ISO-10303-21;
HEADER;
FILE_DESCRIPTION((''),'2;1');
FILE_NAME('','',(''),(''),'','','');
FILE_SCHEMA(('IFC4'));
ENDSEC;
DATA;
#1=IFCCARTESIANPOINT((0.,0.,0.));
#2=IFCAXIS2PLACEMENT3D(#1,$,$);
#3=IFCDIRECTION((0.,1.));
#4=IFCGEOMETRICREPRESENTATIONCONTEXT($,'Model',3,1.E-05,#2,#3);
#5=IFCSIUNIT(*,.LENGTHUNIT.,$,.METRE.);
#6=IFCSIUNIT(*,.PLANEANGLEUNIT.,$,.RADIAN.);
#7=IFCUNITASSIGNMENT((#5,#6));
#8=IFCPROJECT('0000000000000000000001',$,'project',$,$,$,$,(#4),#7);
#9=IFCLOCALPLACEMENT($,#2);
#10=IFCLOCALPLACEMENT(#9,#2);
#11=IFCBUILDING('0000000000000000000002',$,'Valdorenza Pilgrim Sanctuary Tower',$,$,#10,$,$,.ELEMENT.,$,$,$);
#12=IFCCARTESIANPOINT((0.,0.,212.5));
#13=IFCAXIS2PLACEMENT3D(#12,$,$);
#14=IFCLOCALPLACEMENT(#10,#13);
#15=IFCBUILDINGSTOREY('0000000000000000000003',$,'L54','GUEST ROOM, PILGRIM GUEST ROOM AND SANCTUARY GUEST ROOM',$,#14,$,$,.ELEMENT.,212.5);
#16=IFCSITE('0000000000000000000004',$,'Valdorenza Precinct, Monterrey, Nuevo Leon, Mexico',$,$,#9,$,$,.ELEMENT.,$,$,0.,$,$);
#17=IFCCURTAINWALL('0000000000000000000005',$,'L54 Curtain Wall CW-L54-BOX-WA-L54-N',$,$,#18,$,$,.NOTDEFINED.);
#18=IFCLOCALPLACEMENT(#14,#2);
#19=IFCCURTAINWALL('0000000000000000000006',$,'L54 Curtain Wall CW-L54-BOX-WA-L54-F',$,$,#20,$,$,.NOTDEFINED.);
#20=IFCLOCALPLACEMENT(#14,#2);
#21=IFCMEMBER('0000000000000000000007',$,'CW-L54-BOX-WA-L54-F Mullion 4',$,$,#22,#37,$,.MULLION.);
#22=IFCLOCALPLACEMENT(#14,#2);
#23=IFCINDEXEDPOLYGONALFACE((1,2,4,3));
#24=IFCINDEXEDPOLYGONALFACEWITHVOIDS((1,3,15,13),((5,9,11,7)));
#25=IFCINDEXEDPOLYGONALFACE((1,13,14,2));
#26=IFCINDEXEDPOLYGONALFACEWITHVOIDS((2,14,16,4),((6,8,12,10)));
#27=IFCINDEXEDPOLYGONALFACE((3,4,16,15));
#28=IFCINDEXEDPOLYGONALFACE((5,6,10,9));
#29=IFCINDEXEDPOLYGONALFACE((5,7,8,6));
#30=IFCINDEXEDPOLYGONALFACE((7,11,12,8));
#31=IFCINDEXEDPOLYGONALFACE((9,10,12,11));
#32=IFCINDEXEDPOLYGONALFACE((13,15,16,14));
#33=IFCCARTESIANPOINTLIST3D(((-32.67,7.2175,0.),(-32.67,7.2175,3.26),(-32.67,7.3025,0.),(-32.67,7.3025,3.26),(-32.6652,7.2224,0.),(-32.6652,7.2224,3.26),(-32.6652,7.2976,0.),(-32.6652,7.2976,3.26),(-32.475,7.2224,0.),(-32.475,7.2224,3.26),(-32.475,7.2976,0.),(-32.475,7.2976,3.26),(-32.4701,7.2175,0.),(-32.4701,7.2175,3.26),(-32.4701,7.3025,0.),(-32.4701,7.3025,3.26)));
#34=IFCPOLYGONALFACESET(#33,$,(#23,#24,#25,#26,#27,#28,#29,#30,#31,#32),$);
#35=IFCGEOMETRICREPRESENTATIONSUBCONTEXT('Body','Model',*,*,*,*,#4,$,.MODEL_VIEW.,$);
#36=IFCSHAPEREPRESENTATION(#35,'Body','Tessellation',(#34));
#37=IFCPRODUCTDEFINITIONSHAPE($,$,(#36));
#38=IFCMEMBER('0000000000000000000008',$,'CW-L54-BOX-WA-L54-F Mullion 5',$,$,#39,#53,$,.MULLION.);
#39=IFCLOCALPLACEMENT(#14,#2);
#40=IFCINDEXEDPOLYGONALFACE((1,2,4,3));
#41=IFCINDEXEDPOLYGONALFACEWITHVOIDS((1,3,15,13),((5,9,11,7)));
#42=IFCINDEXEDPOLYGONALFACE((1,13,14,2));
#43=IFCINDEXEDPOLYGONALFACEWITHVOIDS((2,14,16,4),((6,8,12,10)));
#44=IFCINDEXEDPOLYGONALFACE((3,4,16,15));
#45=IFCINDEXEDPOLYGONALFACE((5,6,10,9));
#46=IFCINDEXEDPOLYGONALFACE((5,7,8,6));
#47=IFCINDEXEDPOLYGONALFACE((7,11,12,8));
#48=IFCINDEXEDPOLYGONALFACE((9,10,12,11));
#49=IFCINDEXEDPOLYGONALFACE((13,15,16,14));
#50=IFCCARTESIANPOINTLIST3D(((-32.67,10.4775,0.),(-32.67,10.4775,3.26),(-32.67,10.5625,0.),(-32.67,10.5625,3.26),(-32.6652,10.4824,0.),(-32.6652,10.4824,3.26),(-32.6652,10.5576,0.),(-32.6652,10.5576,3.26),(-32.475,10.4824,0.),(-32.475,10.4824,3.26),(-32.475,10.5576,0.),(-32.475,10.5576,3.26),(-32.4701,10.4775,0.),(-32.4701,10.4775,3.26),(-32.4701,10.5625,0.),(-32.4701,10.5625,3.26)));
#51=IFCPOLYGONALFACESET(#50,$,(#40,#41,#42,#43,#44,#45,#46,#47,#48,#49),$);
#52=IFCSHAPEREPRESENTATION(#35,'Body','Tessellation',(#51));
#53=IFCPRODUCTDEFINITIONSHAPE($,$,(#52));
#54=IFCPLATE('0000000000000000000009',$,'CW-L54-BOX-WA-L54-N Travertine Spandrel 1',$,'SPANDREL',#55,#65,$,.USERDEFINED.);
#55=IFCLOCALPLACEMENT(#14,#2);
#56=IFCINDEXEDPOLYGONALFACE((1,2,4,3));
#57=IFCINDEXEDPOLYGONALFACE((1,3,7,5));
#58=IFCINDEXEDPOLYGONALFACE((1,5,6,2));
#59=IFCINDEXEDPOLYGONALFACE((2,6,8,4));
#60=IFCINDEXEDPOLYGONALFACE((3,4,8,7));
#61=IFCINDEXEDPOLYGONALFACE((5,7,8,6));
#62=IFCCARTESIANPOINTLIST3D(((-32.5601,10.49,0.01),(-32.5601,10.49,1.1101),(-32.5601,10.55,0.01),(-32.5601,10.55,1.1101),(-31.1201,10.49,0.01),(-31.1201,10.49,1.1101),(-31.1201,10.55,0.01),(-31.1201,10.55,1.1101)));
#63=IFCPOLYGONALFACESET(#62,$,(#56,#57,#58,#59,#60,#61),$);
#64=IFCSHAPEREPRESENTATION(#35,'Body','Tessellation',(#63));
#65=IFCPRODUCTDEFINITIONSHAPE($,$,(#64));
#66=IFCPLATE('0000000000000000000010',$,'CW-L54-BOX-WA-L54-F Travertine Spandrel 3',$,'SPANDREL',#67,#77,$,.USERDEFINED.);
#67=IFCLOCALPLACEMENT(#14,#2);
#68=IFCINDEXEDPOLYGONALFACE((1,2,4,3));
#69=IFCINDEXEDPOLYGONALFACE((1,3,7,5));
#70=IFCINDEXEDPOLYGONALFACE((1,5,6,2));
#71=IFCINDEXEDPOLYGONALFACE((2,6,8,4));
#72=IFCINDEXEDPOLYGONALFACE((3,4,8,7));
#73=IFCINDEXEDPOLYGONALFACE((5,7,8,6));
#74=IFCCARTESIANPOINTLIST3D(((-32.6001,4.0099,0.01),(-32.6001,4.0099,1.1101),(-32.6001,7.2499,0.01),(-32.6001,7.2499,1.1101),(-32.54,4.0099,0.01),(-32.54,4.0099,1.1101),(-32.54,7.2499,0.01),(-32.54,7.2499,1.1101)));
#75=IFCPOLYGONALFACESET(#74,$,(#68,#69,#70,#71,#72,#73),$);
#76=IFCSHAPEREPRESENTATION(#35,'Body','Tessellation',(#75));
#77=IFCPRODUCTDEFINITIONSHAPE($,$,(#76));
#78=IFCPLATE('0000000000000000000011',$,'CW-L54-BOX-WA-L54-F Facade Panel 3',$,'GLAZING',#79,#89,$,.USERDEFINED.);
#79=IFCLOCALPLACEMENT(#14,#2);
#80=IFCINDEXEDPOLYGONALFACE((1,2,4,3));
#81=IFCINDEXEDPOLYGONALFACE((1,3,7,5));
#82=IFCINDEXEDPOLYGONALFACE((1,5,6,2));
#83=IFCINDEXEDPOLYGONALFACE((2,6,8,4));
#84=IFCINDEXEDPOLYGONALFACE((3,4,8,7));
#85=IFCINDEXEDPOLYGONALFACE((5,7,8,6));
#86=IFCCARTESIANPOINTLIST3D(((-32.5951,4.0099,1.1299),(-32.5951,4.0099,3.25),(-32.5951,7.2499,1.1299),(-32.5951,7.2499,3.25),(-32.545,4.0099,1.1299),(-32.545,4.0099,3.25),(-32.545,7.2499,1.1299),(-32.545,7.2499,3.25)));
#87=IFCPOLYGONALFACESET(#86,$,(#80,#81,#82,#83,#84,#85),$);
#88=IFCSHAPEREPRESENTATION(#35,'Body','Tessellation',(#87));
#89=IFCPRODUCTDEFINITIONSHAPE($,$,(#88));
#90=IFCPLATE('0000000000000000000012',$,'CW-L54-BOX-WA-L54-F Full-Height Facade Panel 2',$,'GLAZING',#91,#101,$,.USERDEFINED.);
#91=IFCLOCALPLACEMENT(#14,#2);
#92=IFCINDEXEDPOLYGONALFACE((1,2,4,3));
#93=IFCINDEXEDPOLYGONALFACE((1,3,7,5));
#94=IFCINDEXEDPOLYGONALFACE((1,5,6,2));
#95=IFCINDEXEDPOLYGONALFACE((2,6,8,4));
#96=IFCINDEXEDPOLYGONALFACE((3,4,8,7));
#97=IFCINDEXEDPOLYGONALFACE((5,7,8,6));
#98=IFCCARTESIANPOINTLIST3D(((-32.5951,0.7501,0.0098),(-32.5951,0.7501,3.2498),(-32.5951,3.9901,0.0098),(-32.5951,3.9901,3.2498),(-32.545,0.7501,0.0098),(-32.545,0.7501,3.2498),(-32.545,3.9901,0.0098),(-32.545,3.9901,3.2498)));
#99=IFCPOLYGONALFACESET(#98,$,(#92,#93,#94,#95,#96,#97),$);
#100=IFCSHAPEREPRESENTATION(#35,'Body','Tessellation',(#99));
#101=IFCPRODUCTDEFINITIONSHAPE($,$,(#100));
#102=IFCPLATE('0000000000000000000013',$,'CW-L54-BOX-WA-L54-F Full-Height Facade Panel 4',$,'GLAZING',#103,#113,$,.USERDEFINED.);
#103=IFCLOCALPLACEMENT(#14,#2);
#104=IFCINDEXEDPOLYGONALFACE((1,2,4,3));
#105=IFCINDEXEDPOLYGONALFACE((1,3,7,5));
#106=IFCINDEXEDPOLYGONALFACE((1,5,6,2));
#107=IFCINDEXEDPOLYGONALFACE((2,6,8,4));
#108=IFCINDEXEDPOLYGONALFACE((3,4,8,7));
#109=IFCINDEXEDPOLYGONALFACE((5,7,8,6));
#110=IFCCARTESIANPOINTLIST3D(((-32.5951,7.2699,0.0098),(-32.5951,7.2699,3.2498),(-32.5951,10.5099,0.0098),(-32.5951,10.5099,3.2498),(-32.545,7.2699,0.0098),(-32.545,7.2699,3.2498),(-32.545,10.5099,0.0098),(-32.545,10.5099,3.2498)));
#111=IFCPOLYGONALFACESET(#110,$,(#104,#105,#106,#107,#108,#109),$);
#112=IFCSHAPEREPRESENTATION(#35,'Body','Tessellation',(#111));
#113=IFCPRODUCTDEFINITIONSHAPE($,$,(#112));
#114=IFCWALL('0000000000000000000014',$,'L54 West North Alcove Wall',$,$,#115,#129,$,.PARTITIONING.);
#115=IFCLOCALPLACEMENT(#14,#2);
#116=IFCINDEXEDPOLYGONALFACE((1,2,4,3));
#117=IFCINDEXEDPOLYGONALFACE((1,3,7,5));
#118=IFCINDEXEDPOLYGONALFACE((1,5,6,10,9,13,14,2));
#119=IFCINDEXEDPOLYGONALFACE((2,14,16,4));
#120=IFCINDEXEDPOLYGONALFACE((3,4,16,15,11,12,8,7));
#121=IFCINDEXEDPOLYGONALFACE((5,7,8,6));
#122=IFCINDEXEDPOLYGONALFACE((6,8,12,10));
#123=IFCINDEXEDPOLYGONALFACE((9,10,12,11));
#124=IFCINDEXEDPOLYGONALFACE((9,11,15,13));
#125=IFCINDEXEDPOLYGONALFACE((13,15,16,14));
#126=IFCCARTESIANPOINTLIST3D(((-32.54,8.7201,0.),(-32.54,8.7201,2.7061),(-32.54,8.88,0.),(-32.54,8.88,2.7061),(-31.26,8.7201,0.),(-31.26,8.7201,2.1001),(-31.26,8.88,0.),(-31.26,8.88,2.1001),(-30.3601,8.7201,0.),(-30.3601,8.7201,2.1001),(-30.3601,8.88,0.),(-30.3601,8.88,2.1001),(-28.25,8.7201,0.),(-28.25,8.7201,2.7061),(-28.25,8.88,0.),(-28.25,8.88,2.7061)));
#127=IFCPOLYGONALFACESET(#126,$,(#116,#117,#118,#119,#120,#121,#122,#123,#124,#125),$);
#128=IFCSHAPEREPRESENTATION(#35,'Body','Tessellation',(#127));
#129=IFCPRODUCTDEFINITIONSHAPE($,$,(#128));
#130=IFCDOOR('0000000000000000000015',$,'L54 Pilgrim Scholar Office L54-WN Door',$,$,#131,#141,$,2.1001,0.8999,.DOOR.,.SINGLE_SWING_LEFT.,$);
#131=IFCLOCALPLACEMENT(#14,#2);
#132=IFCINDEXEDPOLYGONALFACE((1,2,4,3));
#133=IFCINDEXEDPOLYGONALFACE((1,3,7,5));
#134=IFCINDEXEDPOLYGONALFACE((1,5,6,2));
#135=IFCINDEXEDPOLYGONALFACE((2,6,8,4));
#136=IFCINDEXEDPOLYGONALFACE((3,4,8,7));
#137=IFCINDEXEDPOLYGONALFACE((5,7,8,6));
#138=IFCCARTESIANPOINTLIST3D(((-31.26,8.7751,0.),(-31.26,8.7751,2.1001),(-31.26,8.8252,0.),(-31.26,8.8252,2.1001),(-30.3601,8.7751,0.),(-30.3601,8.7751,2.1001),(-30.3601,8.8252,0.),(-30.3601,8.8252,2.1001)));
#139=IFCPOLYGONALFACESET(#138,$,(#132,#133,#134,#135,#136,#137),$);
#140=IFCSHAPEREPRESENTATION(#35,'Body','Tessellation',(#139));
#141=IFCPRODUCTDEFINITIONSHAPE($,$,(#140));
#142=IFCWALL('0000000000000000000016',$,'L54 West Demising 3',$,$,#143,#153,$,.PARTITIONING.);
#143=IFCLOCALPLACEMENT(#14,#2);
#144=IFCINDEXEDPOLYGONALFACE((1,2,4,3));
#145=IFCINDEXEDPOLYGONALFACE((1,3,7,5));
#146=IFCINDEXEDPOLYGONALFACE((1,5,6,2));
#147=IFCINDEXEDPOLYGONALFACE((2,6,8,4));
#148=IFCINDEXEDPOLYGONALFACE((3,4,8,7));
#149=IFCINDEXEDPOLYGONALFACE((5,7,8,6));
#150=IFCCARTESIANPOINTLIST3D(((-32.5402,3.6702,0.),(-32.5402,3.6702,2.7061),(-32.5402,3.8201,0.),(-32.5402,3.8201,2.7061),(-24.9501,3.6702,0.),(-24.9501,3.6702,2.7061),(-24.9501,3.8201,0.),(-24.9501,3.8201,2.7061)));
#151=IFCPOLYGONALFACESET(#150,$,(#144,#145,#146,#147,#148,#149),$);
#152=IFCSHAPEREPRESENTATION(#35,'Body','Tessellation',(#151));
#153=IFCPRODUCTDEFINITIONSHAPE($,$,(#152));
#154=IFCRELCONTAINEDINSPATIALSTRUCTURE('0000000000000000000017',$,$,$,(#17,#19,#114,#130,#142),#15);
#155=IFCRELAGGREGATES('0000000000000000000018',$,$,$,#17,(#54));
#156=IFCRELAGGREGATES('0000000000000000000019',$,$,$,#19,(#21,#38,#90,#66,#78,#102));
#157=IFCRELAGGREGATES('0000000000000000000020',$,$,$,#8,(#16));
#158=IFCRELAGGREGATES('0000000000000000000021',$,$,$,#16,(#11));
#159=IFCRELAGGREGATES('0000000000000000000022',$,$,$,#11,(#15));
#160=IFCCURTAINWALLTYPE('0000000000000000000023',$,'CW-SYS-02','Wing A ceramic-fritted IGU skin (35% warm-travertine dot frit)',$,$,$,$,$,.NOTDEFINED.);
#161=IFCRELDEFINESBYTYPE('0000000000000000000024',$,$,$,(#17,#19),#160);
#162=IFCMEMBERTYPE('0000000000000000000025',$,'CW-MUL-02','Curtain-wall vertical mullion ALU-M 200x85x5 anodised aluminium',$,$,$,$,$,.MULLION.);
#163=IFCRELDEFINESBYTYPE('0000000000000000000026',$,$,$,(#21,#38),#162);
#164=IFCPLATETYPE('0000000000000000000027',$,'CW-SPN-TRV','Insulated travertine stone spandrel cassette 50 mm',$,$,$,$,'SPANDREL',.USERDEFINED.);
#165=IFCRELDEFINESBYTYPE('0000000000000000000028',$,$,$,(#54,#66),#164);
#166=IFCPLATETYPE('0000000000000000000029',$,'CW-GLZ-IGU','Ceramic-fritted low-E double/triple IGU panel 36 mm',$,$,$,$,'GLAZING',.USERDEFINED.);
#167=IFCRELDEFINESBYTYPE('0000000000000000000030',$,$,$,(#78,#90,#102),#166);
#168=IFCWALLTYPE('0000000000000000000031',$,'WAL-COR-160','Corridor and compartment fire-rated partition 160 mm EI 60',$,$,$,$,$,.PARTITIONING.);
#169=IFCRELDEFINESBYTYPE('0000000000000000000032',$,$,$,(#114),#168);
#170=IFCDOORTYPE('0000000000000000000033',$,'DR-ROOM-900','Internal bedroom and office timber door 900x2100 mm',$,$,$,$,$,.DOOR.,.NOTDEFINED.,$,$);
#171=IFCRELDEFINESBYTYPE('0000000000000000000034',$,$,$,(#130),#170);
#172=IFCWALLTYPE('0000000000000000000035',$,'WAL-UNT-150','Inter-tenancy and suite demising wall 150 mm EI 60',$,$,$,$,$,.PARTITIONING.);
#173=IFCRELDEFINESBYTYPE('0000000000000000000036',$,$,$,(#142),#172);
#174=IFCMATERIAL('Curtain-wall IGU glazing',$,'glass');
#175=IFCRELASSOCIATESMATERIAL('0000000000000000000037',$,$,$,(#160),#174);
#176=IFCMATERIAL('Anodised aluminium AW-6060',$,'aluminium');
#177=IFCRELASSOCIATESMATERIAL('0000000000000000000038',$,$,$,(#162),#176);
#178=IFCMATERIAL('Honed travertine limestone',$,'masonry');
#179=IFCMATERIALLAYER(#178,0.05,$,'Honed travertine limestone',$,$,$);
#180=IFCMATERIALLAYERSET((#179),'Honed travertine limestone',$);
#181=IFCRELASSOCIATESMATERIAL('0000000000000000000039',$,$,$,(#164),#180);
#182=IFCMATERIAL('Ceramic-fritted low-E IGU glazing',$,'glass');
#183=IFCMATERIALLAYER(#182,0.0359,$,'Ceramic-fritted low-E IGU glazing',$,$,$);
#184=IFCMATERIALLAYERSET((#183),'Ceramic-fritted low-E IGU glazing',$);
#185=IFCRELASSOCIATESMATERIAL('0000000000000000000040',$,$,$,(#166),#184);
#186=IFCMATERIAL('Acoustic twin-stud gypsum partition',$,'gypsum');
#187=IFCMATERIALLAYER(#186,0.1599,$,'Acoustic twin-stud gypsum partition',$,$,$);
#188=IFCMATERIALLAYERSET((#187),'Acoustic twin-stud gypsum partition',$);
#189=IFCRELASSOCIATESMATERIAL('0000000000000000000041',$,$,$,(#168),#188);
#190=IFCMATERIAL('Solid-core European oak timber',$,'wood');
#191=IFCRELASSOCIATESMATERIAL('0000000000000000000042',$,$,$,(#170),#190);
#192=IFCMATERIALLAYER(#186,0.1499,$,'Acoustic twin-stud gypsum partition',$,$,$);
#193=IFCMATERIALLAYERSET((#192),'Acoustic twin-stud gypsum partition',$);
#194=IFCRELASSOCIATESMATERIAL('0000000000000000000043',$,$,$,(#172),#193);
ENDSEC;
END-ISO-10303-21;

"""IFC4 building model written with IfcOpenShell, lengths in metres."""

from ifc_helpers import new_model, si_unit, direction, frame, frame_2d, origin, origin_2d, place, context, subcontext, project, spatial, rectangle, hollow_rectangle, extrude, source, transform, mapped, material, layer, layer_set, material_profile, profile_set, type_object, element, fill, aggregate, save


model = new_model("IFC4")

# Units and contexts
model_context = context("Model", 3, precision=1e-05, world=origin(), true_north=direction((0.0, 1.0)))
body_context = subcontext(model_context, "Body", "Model", "MODEL_VIEW")
ifc_project = project(units=[si_unit("LENGTHUNIT", "METRE"), si_unit("PLANEANGLEUNIT", "RADIAN")], contexts=[model_context])

# Site, building, storey
site_placement = place(None, origin())
site = spatial("IfcSite", under=ifc_project, at=site_placement, Name="Valdorenza Precinct, Monterrey, Nuevo Leon, Mexico", CompositionType="ELEMENT", RefElevation=0.0)
building_placement = place(site_placement, origin())
building = spatial("IfcBuilding", under=site, at=building_placement, Name="Valdorenza Pilgrim Sanctuary Tower", CompositionType="ELEMENT")
storey_placement = place(building_placement, frame((0.0, 0.0, 212.5)))
storey = spatial("IfcBuildingStorey", under=building, at=storey_placement, Name="L54", Description="GUEST ROOM, PILGRIM GUEST ROOM AND SANCTUARY GUEST ROOM", CompositionType="ELEMENT", Elevation=212.5)

# Curtain wall
ifc_material_1 = material(Name="Curtain-wall IGU glazing", Category="glass")
curtain_wall_type = type_object("IfcCurtainWallType", Name="CW-SYS-02", Description="Wing A ceramic-fritted IGU skin (35% warm-travertine dot frit)", PredefinedType="NOTDEFINED", material=ifc_material_1)
curtain_wall_1_placement = place(storey_placement, origin())
curtain_wall_1 = element("IfcCurtainWall", 1, at=curtain_wall_1_placement, inside=storey, type_object=curtain_wall_type, Name="L54 Curtain Wall CW-L54-BOX-WA-L54-N", PredefinedType="NOTDEFINED")
ifc_material_2 = material(Name="Anodised aluminium AW-6060", Category="aluminium")

# Curtain wall, members
curtain_wall_2_placement = place(storey_placement, origin())
curtain_wall_2 = element("IfcCurtainWall", 2, at=curtain_wall_2_placement, inside=storey, type_object=curtain_wall_type, Name="L54 Curtain Wall CW-L54-BOX-WA-L54-F", PredefinedType="NOTDEFINED")
ifc_material_profile_1 = material_profile(ifc_material_2, hollow_rectangle(XDim=0.085, YDim=0.2, WallThickness=0.0049, at=origin_2d()), Name="ALU-M 200x85x5")
ifc_profile_set_1 = profile_set([ifc_material_profile_1], Name="Anodised aluminium AW-6060")
member_type_1 = type_object("IfcMemberType", Name="CW-MUL-02", Description="Curtain-wall vertical mullion ALU-M 200x85x5 anodised aluminium", PredefinedType="MULLION", material=ifc_profile_set_1)
shared_shape_1 = source(origin(), body_context, "Body", "SweptSolid", [
    extrude(hollow_rectangle(XDim=0.085, YDim=0.2, WallThickness=0.0049, at=origin_2d()), origin(), (0.0, 0.0, 1.0), 3.26),
])
member_1_placement = place(storey_placement, frame((-32.5701, 7.26, 0.0), z_axis=(0.0, 0.0, 1.0), x_axis=(0.0, 1.0, 0.0)))
member_1 = element("IfcMember", 3, at=member_1_placement, type_object=member_type_1, Name="CW-L54-BOX-WA-L54-F Mullion 4", PredefinedType="MULLION", context=body_context, shape_type="MappedRepresentation", body=[
    mapped(shared_shape_1, transform((0.0, 0.0, 0.0), x_axis=(1.0, 0.0, 0.0), y_axis=(0.0, 1.0, 0.0), z_axis=(0.0, 0.0, 1.0), scale=1.0)),
])
member_2_placement = place(storey_placement, frame((-32.5701, 10.52, 0.0), z_axis=(0.0, 0.0, 1.0), x_axis=(0.0, 1.0, 0.0)))
member_2 = element("IfcMember", 4, at=member_2_placement, type_object=member_type_1, Name="CW-L54-BOX-WA-L54-F Mullion 5", PredefinedType="MULLION", context=body_context, shape_type="MappedRepresentation", body=[
    mapped(shared_shape_1, transform((0.0, 0.0, 0.0), x_axis=(1.0, 0.0, 0.0), y_axis=(0.0, 1.0, 0.0), z_axis=(0.0, 0.0, 1.0), scale=1.0)),
])

# Plates
ifc_material_3 = material(Name="Honed travertine limestone", Category="masonry")
ifc_layer_1 = layer(ifc_material_3, 0.05, Name="Honed travertine limestone")
ifc_layer_set_1 = layer_set([ifc_layer_1], Name="Honed travertine limestone")
plate_type_1 = type_object("IfcPlateType", Name="CW-SPN-TRV", Description="Insulated travertine stone spandrel cassette 50 mm", ElementType="SPANDREL", PredefinedType="USERDEFINED", material=ifc_layer_set_1)
shared_shape_2 = source(origin(), body_context, "Body", "SweptSolid", [
    extrude(rectangle(XDim=1.4399, YDim=0.0601, at=origin_2d()), origin(), (0.0, 0.0, 1.0), 1.1001),
])
plate_1_placement = place(storey_placement, frame((-31.8401, 10.52, 0.01), z_axis=(0.0, 0.0, 1.0), x_axis=(1.0, 0.0, 0.0)))
plate_1 = element("IfcPlate", 5, at=plate_1_placement, type_object=plate_type_1, Name="CW-L54-BOX-WA-L54-N Travertine Spandrel 1", ObjectType="SPANDREL", PredefinedType="USERDEFINED", context=body_context, shape_type="MappedRepresentation", body=[
    mapped(shared_shape_2, transform((0.0, 0.0, 0.0), x_axis=(1.0, 0.0, 0.0), y_axis=(0.0, 1.0, 0.0), z_axis=(0.0, 0.0, 1.0), scale=1.0)),
])
aggregate(curtain_wall_1, [plate_1])
shared_shape_3 = source(origin(), body_context, "Body", "SweptSolid", [
    extrude(rectangle(XDim=3.24, YDim=0.0601, at=origin_2d()), origin(), (0.0, 0.0, 1.0), 1.1001),
])
plate_2_placement = place(storey_placement, frame((-32.5701, 5.6299, 0.01), z_axis=(0.0, 0.0, 1.0), x_axis=(0.0, 1.0, 0.0)))
plate_2 = element("IfcPlate", 6, at=plate_2_placement, type_object=plate_type_1, Name="CW-L54-BOX-WA-L54-F Travertine Spandrel 3", ObjectType="SPANDREL", PredefinedType="USERDEFINED", context=body_context, shape_type="MappedRepresentation", body=[
    mapped(shared_shape_3, transform((0.0, 0.0, 0.0), x_axis=(1.0, 0.0, 0.0), y_axis=(0.0, 1.0, 0.0), z_axis=(0.0, 0.0, 1.0), scale=1.0)),
])
ifc_material_4 = material(Name="Ceramic-fritted low-E IGU glazing", Category="glass")
ifc_layer_2 = layer(ifc_material_4, 0.0359, Name="Ceramic-fritted low-E IGU glazing")
ifc_layer_set_2 = layer_set([ifc_layer_2], Name="Ceramic-fritted low-E IGU glazing")
plate_type_2 = type_object("IfcPlateType", Name="CW-GLZ-IGU", Description="Ceramic-fritted low-E double/triple IGU panel 36 mm", ElementType="GLAZING", PredefinedType="USERDEFINED", material=ifc_layer_set_2)
shared_shape_4 = source(origin(), body_context, "Body", "SweptSolid", [
    extrude(rectangle(XDim=3.24, YDim=0.05, at=origin_2d()), origin(), (0.0, 0.0, 1.0), 2.1201),
])
plate_3_placement = place(storey_placement, frame((-32.5701, 5.6299, 1.1299), z_axis=(0.0, 0.0, 1.0), x_axis=(0.0, 1.0, 0.0)))
plate_3 = element("IfcPlate", 7, at=plate_3_placement, type_object=plate_type_2, Name="CW-L54-BOX-WA-L54-F Facade Panel 3", ObjectType="GLAZING", PredefinedType="USERDEFINED", context=body_context, shape_type="MappedRepresentation", body=[
    mapped(shared_shape_4, transform((0.0, 0.0, 0.0), x_axis=(1.0, 0.0, 0.0), y_axis=(0.0, 1.0, 0.0), z_axis=(0.0, 0.0, 1.0), scale=1.0)),
])
shared_shape_5 = source(origin(), body_context, "Body", "SweptSolid", [
    extrude(rectangle(XDim=3.24, YDim=0.05, at=origin_2d()), origin(), (0.0, 0.0, 1.0), 3.24),
])
plate_4_placement = place(storey_placement, frame((-32.5701, 2.3701, 0.0098), z_axis=(0.0, 0.0, 1.0), x_axis=(0.0, 1.0, 0.0)))
plate_4 = element("IfcPlate", 8, at=plate_4_placement, type_object=plate_type_2, Name="CW-L54-BOX-WA-L54-F Full-Height Facade Panel 2", ObjectType="GLAZING", PredefinedType="USERDEFINED", context=body_context, shape_type="MappedRepresentation", body=[
    mapped(shared_shape_5, transform((0.0, 0.0, 0.0), x_axis=(1.0, 0.0, 0.0), y_axis=(0.0, 1.0, 0.0), z_axis=(0.0, 0.0, 1.0), scale=1.0)),
])
plate_5_placement = place(storey_placement, frame((-32.5701, 8.8899, 0.0098), z_axis=(0.0, 0.0, 1.0), x_axis=(0.0, 1.0, 0.0)))
plate_5 = element("IfcPlate", 9, at=plate_5_placement, type_object=plate_type_2, Name="CW-L54-BOX-WA-L54-F Full-Height Facade Panel 4", ObjectType="GLAZING", PredefinedType="USERDEFINED", context=body_context, shape_type="MappedRepresentation", body=[
    mapped(shared_shape_5, transform((0.0, 0.0, 0.0), x_axis=(1.0, 0.0, 0.0), y_axis=(0.0, 1.0, 0.0), z_axis=(0.0, 0.0, 1.0), scale=1.0)),
])
aggregate(curtain_wall_2, [member_1, member_2, plate_4, plate_2, plate_3, plate_5])

# Wall, opening, door
ifc_material_5 = material(Name="Acoustic twin-stud gypsum partition", Category="gypsum")
ifc_layer_3 = layer(ifc_material_5, 0.1599, Name="Acoustic twin-stud gypsum partition")
ifc_layer_set_3 = layer_set([ifc_layer_3], Name="Acoustic twin-stud gypsum partition")
wall_type_1 = type_object("IfcWallType", Name="WAL-COR-160", Description="Corridor and compartment fire-rated partition 160 mm EI 60", PredefinedType="PARTITIONING", material=ifc_layer_set_3)
wall_1_placement = place(storey_placement, frame((-32.54, 8.8, 0.0), z_axis=(0.0, 0.0, 1.0), x_axis=(1.0, 0.0, 0.0)))
wall_1 = element("IfcWall", 10, at=wall_1_placement, inside=storey, type_object=wall_type_1, Name="L54 West North Alcove Wall", PredefinedType="PARTITIONING", context=body_context, shape_type="SweptSolid", body=[
    extrude(rectangle(XDim=4.29, YDim=0.1599, at=frame_2d((2.145, 0.0))), origin(), (0.0, 0.0, 1.0), 2.7061),
])
opening_placement = place(wall_1_placement, frame((1.28, 0.0, 0.0)))
opening = element("IfcOpeningElement", 11, at=opening_placement, cuts=wall_1, PredefinedType="OPENING", context=body_context, shape_type="SweptSolid", body=[
    extrude(rectangle(XDim=0.8999, YDim=2.1001, at=frame_2d((0.45, 1.05))), frame((0.0, 0.0947, 0.0), z_axis=(0.0, -1.0, 0.0), x_axis=(1.0, 0.0, 0.0)), (0.0, 0.0, 1.0), 0.1897),
])
ifc_material_6 = material(Name="Solid-core European oak timber", Category="wood")
door_type = type_object("IfcDoorType", Name="DR-ROOM-900", Description="Internal bedroom and office timber door 900x2100 mm", OperationType="NOTDEFINED", PredefinedType="DOOR", material=ifc_material_6)
door_placement = place(opening_placement, frame((0.8999, 0.0, 0.0), z_axis=(0.0, 0.0, 1.0), x_axis=(-1.0, 0.0, 0.0)))
door = element("IfcDoor", 12, at=door_placement, inside=storey, type_object=door_type, Name="L54 Pilgrim Scholar Office L54-WN Door", OperationType="SINGLE_SWING_LEFT", OverallHeight=2.1001, OverallWidth=0.8999, PredefinedType="DOOR", context=body_context, shape_type="SweptSolid", body=[
    extrude(rectangle(XDim=0.8999, YDim=2.1001, at=frame_2d((0.45, 1.05))), frame((0.0, 0.0249, 0.0), z_axis=(0.0, -1.0, 0.0), x_axis=(1.0, 0.0, 0.0)), (0.0, 0.0, 1.0), 0.05),
])
fill(opening, door)

# Wall
ifc_layer_4 = layer(ifc_material_5, 0.1499, Name="Acoustic twin-stud gypsum partition")
ifc_layer_set_4 = layer_set([ifc_layer_4], Name="Acoustic twin-stud gypsum partition")
wall_type_2 = type_object("IfcWallType", Name="WAL-UNT-150", Description="Inter-tenancy and suite demising wall 150 mm EI 60", PredefinedType="PARTITIONING", material=ifc_layer_set_4)
wall_2_placement = place(storey_placement, frame((-32.54, 3.7451, 0.0), z_axis=(0.0, 0.0, 1.0), x_axis=(1.0, 0.0, 0.0)))
element("IfcWall", 13, at=wall_2_placement, inside=storey, type_object=wall_type_2, Name="L54 West Demising 3", PredefinedType="PARTITIONING", context=body_context, shape_type="SweptSolid", body=[
    extrude(rectangle(XDim=7.5901, YDim=0.1499, at=frame_2d((3.7949, 0.0))), origin(), (0.0, 0.0, 1.0), 2.7061),
])

save(model, "model.ifc")
